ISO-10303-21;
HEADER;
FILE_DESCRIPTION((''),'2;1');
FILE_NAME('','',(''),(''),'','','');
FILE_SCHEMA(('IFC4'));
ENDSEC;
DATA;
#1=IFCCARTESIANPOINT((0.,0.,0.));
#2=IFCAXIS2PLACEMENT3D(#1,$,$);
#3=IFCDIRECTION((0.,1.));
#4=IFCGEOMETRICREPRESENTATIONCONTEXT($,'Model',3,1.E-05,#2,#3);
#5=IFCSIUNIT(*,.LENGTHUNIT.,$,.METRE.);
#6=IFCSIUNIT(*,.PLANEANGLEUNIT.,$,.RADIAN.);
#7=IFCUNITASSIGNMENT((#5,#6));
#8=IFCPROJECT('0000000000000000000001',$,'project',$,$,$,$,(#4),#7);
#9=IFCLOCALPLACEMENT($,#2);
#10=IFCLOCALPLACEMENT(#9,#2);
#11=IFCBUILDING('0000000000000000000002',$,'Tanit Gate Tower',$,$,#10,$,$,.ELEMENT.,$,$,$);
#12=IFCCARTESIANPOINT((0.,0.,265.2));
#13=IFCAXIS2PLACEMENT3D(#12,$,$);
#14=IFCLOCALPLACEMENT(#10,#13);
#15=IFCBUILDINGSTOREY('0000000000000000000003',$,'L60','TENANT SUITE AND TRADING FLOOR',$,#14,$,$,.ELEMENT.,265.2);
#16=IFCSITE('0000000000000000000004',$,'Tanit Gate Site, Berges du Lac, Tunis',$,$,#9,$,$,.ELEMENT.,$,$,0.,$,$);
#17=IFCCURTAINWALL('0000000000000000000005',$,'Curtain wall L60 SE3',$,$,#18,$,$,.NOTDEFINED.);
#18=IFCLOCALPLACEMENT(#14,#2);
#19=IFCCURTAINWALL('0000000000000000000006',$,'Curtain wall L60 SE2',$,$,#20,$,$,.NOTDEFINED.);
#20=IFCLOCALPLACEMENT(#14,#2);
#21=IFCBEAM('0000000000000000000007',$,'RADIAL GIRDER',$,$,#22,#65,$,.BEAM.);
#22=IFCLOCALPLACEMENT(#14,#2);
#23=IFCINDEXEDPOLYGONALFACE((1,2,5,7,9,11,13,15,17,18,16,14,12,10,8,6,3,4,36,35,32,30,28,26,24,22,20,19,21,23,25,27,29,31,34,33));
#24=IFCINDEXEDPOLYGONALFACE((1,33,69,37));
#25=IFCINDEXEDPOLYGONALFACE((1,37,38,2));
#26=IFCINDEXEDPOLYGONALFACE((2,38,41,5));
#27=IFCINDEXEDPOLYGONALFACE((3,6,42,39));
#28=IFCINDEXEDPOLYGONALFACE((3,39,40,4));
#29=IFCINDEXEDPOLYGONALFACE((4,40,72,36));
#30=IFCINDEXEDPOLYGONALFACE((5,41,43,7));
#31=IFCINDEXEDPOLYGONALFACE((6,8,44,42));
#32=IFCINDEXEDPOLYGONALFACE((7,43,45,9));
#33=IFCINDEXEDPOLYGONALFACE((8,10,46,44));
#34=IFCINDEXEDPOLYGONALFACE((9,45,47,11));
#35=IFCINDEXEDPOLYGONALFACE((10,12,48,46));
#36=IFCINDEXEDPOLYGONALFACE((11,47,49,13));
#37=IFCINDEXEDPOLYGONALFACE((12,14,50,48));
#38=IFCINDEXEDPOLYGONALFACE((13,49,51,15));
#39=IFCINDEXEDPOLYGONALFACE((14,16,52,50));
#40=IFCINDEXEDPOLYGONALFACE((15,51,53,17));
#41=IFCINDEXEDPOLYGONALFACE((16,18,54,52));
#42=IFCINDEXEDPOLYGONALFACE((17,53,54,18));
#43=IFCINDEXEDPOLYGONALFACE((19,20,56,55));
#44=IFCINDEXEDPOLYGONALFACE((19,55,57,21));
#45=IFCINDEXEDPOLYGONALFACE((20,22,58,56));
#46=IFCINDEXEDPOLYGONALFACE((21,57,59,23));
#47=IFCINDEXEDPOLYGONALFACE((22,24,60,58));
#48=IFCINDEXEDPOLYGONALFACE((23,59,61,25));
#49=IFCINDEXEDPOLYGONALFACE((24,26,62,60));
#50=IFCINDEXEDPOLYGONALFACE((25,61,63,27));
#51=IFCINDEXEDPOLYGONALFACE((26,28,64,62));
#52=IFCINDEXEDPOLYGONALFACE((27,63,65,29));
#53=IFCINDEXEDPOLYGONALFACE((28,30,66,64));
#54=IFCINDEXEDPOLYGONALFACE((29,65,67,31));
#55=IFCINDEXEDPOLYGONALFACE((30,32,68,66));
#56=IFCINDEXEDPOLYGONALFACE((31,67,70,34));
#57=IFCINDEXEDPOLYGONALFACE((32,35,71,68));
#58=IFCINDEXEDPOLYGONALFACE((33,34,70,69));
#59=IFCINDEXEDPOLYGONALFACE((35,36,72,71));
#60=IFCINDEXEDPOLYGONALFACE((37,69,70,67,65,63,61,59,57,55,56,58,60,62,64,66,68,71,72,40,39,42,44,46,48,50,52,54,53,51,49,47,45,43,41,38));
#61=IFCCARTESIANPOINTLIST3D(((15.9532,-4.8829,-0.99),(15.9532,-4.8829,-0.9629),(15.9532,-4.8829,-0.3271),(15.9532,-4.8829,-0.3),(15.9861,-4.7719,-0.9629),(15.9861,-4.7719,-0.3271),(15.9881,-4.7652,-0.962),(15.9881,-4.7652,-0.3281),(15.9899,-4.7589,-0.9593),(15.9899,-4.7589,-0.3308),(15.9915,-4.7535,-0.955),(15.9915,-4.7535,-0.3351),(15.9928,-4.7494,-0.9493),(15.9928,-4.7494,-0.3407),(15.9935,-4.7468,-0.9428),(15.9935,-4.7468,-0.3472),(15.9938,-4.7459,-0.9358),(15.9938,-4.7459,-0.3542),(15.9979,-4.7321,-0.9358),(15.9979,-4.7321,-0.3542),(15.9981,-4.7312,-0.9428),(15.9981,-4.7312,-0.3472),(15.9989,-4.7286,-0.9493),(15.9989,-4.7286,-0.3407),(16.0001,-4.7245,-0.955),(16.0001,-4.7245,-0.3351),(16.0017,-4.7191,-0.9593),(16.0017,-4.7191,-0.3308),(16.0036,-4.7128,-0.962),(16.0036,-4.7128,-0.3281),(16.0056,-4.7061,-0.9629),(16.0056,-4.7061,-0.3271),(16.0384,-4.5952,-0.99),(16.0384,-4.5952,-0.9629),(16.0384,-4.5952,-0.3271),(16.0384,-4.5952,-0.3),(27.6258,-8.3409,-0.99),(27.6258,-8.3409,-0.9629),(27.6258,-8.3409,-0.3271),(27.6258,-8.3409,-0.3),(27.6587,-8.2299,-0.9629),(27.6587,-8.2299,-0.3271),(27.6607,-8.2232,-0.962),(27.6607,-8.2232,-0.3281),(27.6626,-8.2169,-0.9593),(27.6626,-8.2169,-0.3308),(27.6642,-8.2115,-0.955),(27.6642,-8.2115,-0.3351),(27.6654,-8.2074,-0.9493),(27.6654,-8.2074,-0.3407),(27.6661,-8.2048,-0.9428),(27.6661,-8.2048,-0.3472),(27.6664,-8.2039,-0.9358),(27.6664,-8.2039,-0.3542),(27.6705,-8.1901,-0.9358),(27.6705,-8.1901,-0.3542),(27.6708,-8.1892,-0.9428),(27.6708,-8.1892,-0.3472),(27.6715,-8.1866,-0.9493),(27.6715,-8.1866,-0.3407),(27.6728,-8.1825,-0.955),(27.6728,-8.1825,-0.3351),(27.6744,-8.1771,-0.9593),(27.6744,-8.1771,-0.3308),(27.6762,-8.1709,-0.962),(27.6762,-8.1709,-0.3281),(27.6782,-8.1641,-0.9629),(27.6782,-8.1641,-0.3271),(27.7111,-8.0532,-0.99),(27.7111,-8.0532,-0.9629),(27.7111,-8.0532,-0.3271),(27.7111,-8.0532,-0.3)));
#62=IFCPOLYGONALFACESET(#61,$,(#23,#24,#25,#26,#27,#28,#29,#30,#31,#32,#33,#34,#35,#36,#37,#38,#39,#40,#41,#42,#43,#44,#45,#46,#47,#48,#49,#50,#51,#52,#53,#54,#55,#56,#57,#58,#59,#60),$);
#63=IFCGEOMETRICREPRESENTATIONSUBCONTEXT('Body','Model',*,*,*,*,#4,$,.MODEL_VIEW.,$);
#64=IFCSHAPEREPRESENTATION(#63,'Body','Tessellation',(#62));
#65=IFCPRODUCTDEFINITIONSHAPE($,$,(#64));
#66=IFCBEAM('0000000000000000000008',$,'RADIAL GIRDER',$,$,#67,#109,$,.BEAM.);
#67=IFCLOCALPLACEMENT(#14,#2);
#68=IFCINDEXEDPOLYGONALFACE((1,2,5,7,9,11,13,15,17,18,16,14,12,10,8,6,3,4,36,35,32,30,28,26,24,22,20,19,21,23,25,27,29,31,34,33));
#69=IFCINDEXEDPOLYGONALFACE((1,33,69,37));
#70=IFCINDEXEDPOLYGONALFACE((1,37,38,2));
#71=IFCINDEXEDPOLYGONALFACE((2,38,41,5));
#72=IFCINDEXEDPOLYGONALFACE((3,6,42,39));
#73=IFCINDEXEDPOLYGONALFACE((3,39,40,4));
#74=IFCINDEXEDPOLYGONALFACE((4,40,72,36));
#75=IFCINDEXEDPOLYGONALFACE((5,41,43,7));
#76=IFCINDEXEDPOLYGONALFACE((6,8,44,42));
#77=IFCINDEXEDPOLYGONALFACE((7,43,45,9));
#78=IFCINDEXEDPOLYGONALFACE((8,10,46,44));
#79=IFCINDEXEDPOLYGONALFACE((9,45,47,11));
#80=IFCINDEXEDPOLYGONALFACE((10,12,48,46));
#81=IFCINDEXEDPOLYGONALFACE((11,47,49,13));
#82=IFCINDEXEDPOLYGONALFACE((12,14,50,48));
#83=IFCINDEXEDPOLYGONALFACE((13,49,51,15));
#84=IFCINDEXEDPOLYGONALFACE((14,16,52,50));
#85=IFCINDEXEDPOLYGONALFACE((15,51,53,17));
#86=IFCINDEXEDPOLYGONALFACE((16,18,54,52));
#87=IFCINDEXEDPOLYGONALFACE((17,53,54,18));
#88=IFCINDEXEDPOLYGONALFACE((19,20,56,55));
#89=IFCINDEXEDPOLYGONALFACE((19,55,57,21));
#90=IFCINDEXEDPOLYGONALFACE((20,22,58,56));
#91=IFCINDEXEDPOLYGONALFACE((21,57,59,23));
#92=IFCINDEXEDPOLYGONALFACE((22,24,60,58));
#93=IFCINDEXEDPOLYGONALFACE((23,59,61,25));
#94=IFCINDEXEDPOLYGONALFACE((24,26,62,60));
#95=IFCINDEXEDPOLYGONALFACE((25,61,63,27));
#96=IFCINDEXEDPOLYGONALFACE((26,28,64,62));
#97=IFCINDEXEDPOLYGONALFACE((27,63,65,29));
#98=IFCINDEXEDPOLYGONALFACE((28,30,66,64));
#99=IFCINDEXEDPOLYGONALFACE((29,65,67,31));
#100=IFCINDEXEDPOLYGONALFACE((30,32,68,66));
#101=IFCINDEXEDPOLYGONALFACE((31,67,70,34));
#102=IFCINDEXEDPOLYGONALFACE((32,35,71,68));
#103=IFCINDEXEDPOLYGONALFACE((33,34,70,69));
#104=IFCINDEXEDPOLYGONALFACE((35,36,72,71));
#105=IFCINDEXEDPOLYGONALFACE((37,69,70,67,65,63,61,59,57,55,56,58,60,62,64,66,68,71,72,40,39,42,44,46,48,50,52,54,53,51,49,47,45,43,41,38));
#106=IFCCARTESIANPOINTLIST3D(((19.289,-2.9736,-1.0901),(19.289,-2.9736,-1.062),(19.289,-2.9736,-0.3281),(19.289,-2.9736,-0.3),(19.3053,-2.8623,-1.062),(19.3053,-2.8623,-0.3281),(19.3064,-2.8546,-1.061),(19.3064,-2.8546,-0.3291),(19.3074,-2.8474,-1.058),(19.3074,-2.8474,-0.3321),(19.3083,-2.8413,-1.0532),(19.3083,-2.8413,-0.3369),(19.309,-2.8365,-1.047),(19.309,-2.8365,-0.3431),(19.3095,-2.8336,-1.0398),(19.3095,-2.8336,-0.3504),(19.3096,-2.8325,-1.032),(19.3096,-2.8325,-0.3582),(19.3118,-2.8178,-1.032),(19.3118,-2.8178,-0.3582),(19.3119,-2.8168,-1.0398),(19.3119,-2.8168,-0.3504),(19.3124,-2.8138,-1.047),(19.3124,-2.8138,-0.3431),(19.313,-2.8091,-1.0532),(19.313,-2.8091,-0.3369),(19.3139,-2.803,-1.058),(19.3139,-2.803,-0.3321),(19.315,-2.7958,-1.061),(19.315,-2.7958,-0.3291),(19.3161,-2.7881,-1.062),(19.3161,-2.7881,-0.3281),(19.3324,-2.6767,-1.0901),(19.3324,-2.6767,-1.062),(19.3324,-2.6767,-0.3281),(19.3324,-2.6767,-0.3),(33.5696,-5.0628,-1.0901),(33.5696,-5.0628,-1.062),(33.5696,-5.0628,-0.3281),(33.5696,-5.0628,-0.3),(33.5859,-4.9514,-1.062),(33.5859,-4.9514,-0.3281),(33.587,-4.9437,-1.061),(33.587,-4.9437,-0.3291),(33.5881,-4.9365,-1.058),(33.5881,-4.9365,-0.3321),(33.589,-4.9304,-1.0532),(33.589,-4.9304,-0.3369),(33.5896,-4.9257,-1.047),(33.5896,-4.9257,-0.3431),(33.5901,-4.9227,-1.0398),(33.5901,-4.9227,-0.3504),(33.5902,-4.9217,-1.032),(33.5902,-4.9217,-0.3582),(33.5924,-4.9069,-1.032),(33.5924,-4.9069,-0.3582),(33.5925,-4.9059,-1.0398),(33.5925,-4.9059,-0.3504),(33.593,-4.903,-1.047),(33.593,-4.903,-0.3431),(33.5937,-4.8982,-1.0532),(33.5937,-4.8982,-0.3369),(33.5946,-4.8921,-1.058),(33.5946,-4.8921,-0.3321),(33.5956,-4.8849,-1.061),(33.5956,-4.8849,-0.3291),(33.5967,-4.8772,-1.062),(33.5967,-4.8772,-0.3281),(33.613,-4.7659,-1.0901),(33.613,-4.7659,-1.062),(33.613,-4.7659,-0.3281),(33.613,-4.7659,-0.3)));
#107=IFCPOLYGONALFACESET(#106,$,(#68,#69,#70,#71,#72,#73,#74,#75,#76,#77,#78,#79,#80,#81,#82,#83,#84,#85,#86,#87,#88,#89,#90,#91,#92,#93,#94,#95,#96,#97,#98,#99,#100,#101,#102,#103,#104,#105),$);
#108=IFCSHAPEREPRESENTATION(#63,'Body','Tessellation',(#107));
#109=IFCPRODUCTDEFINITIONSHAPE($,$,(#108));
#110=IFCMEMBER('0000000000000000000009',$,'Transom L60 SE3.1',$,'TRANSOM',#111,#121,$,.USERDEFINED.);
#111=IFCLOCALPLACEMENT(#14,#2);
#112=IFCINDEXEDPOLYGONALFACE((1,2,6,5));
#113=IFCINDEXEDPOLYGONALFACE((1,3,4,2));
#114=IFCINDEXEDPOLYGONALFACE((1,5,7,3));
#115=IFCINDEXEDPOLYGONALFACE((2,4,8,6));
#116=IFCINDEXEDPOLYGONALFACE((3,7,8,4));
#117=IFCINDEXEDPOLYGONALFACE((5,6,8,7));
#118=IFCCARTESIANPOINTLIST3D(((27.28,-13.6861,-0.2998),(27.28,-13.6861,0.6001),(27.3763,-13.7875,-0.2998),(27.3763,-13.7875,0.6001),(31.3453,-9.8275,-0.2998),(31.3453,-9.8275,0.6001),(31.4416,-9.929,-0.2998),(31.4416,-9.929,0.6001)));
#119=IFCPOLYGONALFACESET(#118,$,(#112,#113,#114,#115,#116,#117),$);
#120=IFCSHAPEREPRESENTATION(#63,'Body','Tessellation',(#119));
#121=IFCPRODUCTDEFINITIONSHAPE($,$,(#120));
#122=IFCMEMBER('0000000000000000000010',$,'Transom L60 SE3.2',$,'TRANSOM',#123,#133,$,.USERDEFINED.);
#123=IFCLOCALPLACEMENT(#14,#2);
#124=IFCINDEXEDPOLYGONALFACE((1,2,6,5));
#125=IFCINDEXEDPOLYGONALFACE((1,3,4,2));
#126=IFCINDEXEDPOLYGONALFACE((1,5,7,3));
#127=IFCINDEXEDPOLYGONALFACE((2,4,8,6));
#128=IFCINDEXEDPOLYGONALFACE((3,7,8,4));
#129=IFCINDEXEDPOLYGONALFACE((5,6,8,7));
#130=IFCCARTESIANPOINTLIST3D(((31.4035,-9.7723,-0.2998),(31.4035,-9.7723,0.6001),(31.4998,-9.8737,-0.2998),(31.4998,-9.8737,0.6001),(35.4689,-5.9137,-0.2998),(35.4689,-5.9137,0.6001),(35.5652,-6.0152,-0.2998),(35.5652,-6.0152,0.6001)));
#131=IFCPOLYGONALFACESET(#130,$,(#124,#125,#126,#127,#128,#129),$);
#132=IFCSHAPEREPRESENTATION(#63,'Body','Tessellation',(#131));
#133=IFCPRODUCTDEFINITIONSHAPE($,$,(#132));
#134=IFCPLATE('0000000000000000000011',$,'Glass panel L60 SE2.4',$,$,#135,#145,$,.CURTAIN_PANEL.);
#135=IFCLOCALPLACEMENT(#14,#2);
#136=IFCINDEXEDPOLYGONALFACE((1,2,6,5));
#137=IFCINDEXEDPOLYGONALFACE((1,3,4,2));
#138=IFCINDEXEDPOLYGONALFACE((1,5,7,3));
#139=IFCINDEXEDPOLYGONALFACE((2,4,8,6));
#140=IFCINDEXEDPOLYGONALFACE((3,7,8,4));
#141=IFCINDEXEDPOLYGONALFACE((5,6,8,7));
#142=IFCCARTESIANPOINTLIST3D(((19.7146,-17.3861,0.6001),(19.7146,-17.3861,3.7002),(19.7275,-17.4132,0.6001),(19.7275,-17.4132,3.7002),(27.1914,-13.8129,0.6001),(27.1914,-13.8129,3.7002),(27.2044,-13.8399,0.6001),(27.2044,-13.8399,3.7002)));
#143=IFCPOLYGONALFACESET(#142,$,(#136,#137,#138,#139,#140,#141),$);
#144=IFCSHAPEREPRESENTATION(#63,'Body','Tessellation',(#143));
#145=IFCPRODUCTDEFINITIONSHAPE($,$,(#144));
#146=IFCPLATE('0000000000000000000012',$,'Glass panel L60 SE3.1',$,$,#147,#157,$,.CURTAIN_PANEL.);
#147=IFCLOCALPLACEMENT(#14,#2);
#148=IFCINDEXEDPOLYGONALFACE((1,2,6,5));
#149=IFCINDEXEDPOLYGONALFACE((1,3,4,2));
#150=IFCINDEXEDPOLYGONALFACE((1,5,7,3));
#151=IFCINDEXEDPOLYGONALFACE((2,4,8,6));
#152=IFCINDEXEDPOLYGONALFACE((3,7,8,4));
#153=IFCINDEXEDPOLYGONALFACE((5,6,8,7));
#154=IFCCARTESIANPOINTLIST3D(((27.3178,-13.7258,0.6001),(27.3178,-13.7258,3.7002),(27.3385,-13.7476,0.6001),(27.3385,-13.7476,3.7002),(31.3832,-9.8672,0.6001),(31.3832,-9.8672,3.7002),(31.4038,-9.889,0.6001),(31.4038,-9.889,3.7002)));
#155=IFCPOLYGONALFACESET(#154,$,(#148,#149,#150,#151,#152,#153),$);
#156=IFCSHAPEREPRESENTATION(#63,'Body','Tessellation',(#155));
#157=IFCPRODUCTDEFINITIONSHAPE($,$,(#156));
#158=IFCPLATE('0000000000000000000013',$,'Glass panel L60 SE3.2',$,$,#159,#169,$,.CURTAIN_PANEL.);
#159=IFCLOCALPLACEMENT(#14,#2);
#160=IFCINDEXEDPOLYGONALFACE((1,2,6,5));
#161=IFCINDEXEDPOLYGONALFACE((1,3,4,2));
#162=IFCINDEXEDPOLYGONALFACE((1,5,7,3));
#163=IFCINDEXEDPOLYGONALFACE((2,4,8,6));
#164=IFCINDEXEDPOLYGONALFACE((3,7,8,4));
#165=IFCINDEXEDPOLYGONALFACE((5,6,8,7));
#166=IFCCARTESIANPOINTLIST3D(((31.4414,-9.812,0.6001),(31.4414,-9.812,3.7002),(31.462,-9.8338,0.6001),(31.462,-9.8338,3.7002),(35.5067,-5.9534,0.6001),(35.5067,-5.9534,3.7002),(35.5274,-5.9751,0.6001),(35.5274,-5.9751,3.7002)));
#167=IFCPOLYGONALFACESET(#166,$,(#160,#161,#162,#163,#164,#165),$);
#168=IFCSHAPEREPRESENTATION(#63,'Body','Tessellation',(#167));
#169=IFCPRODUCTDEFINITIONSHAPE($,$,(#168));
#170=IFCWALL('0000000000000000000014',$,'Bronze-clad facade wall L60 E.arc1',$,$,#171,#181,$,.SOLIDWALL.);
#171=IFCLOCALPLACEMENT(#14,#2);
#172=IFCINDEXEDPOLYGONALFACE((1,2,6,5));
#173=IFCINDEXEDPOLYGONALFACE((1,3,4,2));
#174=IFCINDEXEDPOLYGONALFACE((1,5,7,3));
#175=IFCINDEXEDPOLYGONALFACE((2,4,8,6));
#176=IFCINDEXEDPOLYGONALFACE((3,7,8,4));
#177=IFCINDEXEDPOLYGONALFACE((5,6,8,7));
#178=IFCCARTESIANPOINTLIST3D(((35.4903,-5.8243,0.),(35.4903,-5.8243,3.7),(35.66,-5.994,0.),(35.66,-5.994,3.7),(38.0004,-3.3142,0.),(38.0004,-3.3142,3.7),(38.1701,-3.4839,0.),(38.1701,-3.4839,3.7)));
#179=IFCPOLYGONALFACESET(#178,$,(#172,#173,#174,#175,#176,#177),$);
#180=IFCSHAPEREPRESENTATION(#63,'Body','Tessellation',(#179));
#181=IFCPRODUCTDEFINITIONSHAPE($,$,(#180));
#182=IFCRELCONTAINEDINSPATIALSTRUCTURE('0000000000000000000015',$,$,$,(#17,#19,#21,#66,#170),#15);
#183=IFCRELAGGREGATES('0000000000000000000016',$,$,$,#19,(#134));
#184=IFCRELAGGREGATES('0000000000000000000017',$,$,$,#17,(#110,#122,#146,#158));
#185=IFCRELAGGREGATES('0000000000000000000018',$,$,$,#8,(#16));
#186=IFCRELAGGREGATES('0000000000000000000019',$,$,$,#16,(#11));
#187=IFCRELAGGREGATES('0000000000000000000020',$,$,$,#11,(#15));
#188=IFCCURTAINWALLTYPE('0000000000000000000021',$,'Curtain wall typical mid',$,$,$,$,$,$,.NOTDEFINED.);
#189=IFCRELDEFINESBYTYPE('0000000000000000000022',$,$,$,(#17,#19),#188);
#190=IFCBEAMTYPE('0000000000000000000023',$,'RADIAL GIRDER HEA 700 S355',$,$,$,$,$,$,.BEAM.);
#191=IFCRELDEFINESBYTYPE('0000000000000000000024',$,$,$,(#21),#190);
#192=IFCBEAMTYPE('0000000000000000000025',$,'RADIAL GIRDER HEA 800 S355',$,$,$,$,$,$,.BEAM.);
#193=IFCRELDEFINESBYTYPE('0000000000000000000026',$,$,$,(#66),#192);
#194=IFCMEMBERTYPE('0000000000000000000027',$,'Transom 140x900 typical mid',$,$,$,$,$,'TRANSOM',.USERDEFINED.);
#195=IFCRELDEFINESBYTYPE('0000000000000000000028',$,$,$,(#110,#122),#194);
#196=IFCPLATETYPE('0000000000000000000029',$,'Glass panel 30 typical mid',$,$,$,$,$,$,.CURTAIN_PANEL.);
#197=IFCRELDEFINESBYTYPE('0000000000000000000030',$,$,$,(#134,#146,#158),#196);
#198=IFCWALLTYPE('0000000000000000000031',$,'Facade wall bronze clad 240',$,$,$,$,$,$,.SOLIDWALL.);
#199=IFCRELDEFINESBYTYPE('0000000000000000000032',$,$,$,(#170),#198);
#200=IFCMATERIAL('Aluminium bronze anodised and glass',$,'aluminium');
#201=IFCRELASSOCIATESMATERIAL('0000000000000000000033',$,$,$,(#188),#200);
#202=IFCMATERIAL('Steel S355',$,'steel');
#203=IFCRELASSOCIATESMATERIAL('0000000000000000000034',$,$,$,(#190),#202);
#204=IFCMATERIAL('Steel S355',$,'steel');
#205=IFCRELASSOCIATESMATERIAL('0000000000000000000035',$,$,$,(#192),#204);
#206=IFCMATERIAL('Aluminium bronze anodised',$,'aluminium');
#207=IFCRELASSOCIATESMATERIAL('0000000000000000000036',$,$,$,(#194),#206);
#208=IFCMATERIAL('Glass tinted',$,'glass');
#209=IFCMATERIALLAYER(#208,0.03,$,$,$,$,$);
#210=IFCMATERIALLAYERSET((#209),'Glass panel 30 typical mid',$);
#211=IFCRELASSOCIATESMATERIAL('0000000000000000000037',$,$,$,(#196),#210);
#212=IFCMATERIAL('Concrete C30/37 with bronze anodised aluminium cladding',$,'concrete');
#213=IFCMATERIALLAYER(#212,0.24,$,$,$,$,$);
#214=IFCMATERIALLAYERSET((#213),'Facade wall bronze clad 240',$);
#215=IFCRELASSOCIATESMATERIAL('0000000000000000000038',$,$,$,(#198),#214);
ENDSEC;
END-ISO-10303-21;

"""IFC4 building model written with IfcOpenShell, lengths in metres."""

from ifc_helpers import new_model, si_unit, direction, frame, frame_2d, origin, origin_2d, place, context, subcontext, project, spatial, rectangle, i_section, extrude, material, layer, layer_set, material_profile, profile_set, type_object, element, aggregate, save


model = new_model("IFC4")

# Units and contexts
model_context = context("Model", 3, precision=1e-05, world=origin(), true_north=direction((0.0, 1.0)))
body_context = subcontext(model_context, "Body", "Model", "MODEL_VIEW")
ifc_project = project(units=[si_unit("LENGTHUNIT", "METRE"), si_unit("PLANEANGLEUNIT", "RADIAN")], contexts=[model_context])

# Site, building, storey
site_placement = place(None, origin())
site = spatial("IfcSite", under=ifc_project, at=site_placement, Name="Tanit Gate Site, Berges du Lac, Tunis", CompositionType="ELEMENT", RefElevation=0.0)
building_placement = place(site_placement, origin())
building = spatial("IfcBuilding", under=site, at=building_placement, Name="Tanit Gate Tower", CompositionType="ELEMENT")
storey_placement = place(building_placement, frame((0.0, 0.0, 265.2)))
storey = spatial("IfcBuildingStorey", under=building, at=storey_placement, Name="L60", Description="TENANT SUITE AND TRADING FLOOR", CompositionType="ELEMENT", Elevation=265.2)

# Curtain wall
ifc_material_1 = material(Name="Aluminium bronze anodised and glass", Category="aluminium")
curtain_wall_type = type_object("IfcCurtainWallType", Name="Curtain wall typical mid", PredefinedType="NOTDEFINED", material=ifc_material_1)
curtain_wall_1_placement = place(storey_placement, origin())
curtain_wall_1 = element("IfcCurtainWall", 1, at=curtain_wall_1_placement, inside=storey, type_object=curtain_wall_type, Name="Curtain wall L60 SE3", PredefinedType="NOTDEFINED")

# Curtain wall
curtain_wall_2_placement = place(storey_placement, origin())
curtain_wall_2 = element("IfcCurtainWall", 2, at=curtain_wall_2_placement, inside=storey, type_object=curtain_wall_type, Name="Curtain wall L60 SE2", PredefinedType="NOTDEFINED")

# Beams
ifc_material_2 = material(Name="Steel S355", Category="steel")
ifc_material_profile_1 = material_profile(ifc_material_2, i_section(OverallWidth=0.3, OverallDepth=0.6899, WebThickness=0.0144, FlangeThickness=0.0271, FilletRadius=0.0271, at=origin_2d()), Name="HEA 700")
ifc_profile_set_1 = profile_set([ifc_material_profile_1], Name="Steel S355")
beam_type_1 = type_object("IfcBeamType", Name="RADIAL GIRDER HEA 700 S355", PredefinedType="BEAM", material=ifc_profile_set_1)
beam_1_placement = place(storey_placement, frame((27.6685, -8.197, -0.645), z_axis=(-0.95881, 0.284047, 0.0), x_axis=(-0.284047, -0.95881, 0.0)))
element("IfcBeam", 3, at=beam_1_placement, inside=storey, type_object=beam_type_1, Name="RADIAL GIRDER", PredefinedType="BEAM", context=body_context, shape_type="SweptSolid", body=[
    extrude(i_section(OverallWidth=0.3, OverallDepth=0.6899, WebThickness=0.0144, FlangeThickness=0.0271, FilletRadius=0.0271, at=origin_2d()), origin(), (0.0, 0.0, 1.0), 12.1741),
])
ifc_material_3 = material(Name="Steel S355", Category="steel")
ifc_material_profile_2 = material_profile(ifc_material_3, i_section(OverallWidth=0.3, OverallDepth=0.79, WebThickness=0.0149, FlangeThickness=0.0281, FilletRadius=0.03, at=origin_2d()), Name="HEA 800")
ifc_profile_set_2 = profile_set([ifc_material_profile_2], Name="Steel S355")
beam_type_2 = type_object("IfcBeamType", Name="RADIAL GIRDER HEA 800 S355", PredefinedType="BEAM", material=ifc_profile_set_2)
beam_2_placement = place(storey_placement, frame((33.5913, -4.9143, -0.6951), z_axis=(-0.989468, 0.14475, 0.0), x_axis=(-0.14475, -0.989468, 0.0)))
element("IfcBeam", 4, at=beam_2_placement, inside=storey, type_object=beam_type_2, Name="RADIAL GIRDER", PredefinedType="BEAM", context=body_context, shape_type="SweptSolid", body=[
    extrude(i_section(OverallWidth=0.3, OverallDepth=0.79, WebThickness=0.0149, FlangeThickness=0.0281, FilletRadius=0.03, at=origin_2d()), origin(), (0.0, 0.0, 1.0), 14.4326),
])

# Members
ifc_material_4 = material(Name="Aluminium bronze anodised", Category="aluminium")
ifc_material_profile_3 = material_profile(ifc_material_4, rectangle(XDim=0.1399, YDim=0.8999, at=origin_2d()), Name="140x900 bronze transom")
ifc_profile_set_3 = profile_set([ifc_material_profile_3], Name="Aluminium bronze anodised")
member_type_1 = type_object("IfcMemberType", Name="Transom 140x900 typical mid", ElementType="TRANSOM", PredefinedType="USERDEFINED", material=ifc_profile_set_3)
member_1_placement = place(storey_placement, frame((27.3281, -13.7368, 0.1501), z_axis=(0.725313, 0.68842, 0.0), x_axis=(-0.68842, 0.725313, 0.0)))
member_1 = element("IfcMember", 5, at=member_1_placement, type_object=member_type_1, Name="Transom L60 SE3.1", ObjectType="TRANSOM", PredefinedType="USERDEFINED", context=body_context, shape_type="SweptSolid", body=[
    extrude(rectangle(XDim=0.1399, YDim=0.8999, at=origin_2d()), origin(), (0.0, 0.0, 1.0), 5.605),
])
member_2_placement = place(storey_placement, frame((31.4517, -9.823, 0.1501), z_axis=(0.725313, 0.68842, 0.0), x_axis=(-0.68842, 0.725313, 0.0)))
member_2 = element("IfcMember", 6, at=member_2_placement, type_object=member_type_1, Name="Transom L60 SE3.2", ObjectType="TRANSOM", PredefinedType="USERDEFINED", context=body_context, shape_type="SweptSolid", body=[
    extrude(rectangle(XDim=0.1399, YDim=0.8999, at=origin_2d()), origin(), (0.0, 0.0, 1.0), 5.605),
])

# Plates
ifc_material_5 = material(Name="Glass tinted", Category="glass")
ifc_layer_1 = layer(ifc_material_5, 0.03)
ifc_layer_set_1 = layer_set([ifc_layer_1], Name="Glass panel 30 typical mid")
plate_type = type_object("IfcPlateType", Name="Glass panel 30 typical mid", PredefinedType="CURTAIN_PANEL", material=ifc_layer_set_1)
plate_1_placement = place(storey_placement, frame((23.4595, -15.613, 0.6001), z_axis=(0.0, 0.0, 1.0), x_axis=(0.902258, 0.431197, 0.0)))
plate_1 = element("IfcPlate", 7, at=plate_1_placement, type_object=plate_type, Name="Glass panel L60 SE2.4", PredefinedType="CURTAIN_PANEL", context=body_context, shape_type="SweptSolid", body=[
    extrude(rectangle(XDim=8.2869, YDim=0.03, at=origin_2d()), origin(), (0.0, 0.0, 1.0), 3.1001),
])
aggregate(curtain_wall_2, [plate_1])
plate_2_placement = place(storey_placement, frame((29.3608, -11.8074, 0.6001), z_axis=(0.0, 0.0, 1.0), x_axis=(0.725306, 0.688427, 0.0)))
plate_2 = element("IfcPlate", 8, at=plate_2_placement, type_object=plate_type, Name="Glass panel L60 SE3.1", PredefinedType="CURTAIN_PANEL", context=body_context, shape_type="SweptSolid", body=[
    extrude(rectangle(XDim=5.605, YDim=0.03, at=origin_2d()), origin(), (0.0, 0.0, 1.0), 3.1001),
])
plate_3_placement = place(storey_placement, frame((33.4844, -7.8936, 0.6001), z_axis=(0.0, 0.0, 1.0), x_axis=(0.725306, 0.688427, 0.0)))
plate_3 = element("IfcPlate", 9, at=plate_3_placement, type_object=plate_type, Name="Glass panel L60 SE3.2", PredefinedType="CURTAIN_PANEL", context=body_context, shape_type="SweptSolid", body=[
    extrude(rectangle(XDim=5.605, YDim=0.03, at=origin_2d()), origin(), (0.0, 0.0, 1.0), 3.1001),
])
aggregate(curtain_wall_1, [member_1, member_2, plate_2, plate_3])

# Wall
ifc_material_6 = material(Name="Concrete C30/37 with bronze anodised aluminium cladding", Category="concrete")
ifc_layer_2 = layer(ifc_material_6, 0.24)
ifc_layer_set_2 = layer_set([ifc_layer_2], Name="Facade wall bronze clad 240")
wall_type_1 = type_object("IfcWallType", Name="Facade wall bronze clad 240", PredefinedType="SOLIDWALL", material=ifc_layer_set_2)
wall_1_placement = place(storey_placement, frame((35.5752, -5.9092, 0.0), z_axis=(0.0, 0.0, 1.0), x_axis=(0.707107, 0.707107, 0.0)))
element("IfcWall", 10, at=wall_1_placement, inside=storey, type_object=wall_type_1, Name="Bronze-clad facade wall L60 E.arc1", PredefinedType="SOLIDWALL", context=body_context, shape_type="SweptSolid", body=[
    extrude(rectangle(XDim=3.5498, YDim=0.24, at=frame_2d((1.7749, 0.0))), origin(), (0.0, 0.0, 1.0), 3.7),
])

save(model, "model.ifc")
